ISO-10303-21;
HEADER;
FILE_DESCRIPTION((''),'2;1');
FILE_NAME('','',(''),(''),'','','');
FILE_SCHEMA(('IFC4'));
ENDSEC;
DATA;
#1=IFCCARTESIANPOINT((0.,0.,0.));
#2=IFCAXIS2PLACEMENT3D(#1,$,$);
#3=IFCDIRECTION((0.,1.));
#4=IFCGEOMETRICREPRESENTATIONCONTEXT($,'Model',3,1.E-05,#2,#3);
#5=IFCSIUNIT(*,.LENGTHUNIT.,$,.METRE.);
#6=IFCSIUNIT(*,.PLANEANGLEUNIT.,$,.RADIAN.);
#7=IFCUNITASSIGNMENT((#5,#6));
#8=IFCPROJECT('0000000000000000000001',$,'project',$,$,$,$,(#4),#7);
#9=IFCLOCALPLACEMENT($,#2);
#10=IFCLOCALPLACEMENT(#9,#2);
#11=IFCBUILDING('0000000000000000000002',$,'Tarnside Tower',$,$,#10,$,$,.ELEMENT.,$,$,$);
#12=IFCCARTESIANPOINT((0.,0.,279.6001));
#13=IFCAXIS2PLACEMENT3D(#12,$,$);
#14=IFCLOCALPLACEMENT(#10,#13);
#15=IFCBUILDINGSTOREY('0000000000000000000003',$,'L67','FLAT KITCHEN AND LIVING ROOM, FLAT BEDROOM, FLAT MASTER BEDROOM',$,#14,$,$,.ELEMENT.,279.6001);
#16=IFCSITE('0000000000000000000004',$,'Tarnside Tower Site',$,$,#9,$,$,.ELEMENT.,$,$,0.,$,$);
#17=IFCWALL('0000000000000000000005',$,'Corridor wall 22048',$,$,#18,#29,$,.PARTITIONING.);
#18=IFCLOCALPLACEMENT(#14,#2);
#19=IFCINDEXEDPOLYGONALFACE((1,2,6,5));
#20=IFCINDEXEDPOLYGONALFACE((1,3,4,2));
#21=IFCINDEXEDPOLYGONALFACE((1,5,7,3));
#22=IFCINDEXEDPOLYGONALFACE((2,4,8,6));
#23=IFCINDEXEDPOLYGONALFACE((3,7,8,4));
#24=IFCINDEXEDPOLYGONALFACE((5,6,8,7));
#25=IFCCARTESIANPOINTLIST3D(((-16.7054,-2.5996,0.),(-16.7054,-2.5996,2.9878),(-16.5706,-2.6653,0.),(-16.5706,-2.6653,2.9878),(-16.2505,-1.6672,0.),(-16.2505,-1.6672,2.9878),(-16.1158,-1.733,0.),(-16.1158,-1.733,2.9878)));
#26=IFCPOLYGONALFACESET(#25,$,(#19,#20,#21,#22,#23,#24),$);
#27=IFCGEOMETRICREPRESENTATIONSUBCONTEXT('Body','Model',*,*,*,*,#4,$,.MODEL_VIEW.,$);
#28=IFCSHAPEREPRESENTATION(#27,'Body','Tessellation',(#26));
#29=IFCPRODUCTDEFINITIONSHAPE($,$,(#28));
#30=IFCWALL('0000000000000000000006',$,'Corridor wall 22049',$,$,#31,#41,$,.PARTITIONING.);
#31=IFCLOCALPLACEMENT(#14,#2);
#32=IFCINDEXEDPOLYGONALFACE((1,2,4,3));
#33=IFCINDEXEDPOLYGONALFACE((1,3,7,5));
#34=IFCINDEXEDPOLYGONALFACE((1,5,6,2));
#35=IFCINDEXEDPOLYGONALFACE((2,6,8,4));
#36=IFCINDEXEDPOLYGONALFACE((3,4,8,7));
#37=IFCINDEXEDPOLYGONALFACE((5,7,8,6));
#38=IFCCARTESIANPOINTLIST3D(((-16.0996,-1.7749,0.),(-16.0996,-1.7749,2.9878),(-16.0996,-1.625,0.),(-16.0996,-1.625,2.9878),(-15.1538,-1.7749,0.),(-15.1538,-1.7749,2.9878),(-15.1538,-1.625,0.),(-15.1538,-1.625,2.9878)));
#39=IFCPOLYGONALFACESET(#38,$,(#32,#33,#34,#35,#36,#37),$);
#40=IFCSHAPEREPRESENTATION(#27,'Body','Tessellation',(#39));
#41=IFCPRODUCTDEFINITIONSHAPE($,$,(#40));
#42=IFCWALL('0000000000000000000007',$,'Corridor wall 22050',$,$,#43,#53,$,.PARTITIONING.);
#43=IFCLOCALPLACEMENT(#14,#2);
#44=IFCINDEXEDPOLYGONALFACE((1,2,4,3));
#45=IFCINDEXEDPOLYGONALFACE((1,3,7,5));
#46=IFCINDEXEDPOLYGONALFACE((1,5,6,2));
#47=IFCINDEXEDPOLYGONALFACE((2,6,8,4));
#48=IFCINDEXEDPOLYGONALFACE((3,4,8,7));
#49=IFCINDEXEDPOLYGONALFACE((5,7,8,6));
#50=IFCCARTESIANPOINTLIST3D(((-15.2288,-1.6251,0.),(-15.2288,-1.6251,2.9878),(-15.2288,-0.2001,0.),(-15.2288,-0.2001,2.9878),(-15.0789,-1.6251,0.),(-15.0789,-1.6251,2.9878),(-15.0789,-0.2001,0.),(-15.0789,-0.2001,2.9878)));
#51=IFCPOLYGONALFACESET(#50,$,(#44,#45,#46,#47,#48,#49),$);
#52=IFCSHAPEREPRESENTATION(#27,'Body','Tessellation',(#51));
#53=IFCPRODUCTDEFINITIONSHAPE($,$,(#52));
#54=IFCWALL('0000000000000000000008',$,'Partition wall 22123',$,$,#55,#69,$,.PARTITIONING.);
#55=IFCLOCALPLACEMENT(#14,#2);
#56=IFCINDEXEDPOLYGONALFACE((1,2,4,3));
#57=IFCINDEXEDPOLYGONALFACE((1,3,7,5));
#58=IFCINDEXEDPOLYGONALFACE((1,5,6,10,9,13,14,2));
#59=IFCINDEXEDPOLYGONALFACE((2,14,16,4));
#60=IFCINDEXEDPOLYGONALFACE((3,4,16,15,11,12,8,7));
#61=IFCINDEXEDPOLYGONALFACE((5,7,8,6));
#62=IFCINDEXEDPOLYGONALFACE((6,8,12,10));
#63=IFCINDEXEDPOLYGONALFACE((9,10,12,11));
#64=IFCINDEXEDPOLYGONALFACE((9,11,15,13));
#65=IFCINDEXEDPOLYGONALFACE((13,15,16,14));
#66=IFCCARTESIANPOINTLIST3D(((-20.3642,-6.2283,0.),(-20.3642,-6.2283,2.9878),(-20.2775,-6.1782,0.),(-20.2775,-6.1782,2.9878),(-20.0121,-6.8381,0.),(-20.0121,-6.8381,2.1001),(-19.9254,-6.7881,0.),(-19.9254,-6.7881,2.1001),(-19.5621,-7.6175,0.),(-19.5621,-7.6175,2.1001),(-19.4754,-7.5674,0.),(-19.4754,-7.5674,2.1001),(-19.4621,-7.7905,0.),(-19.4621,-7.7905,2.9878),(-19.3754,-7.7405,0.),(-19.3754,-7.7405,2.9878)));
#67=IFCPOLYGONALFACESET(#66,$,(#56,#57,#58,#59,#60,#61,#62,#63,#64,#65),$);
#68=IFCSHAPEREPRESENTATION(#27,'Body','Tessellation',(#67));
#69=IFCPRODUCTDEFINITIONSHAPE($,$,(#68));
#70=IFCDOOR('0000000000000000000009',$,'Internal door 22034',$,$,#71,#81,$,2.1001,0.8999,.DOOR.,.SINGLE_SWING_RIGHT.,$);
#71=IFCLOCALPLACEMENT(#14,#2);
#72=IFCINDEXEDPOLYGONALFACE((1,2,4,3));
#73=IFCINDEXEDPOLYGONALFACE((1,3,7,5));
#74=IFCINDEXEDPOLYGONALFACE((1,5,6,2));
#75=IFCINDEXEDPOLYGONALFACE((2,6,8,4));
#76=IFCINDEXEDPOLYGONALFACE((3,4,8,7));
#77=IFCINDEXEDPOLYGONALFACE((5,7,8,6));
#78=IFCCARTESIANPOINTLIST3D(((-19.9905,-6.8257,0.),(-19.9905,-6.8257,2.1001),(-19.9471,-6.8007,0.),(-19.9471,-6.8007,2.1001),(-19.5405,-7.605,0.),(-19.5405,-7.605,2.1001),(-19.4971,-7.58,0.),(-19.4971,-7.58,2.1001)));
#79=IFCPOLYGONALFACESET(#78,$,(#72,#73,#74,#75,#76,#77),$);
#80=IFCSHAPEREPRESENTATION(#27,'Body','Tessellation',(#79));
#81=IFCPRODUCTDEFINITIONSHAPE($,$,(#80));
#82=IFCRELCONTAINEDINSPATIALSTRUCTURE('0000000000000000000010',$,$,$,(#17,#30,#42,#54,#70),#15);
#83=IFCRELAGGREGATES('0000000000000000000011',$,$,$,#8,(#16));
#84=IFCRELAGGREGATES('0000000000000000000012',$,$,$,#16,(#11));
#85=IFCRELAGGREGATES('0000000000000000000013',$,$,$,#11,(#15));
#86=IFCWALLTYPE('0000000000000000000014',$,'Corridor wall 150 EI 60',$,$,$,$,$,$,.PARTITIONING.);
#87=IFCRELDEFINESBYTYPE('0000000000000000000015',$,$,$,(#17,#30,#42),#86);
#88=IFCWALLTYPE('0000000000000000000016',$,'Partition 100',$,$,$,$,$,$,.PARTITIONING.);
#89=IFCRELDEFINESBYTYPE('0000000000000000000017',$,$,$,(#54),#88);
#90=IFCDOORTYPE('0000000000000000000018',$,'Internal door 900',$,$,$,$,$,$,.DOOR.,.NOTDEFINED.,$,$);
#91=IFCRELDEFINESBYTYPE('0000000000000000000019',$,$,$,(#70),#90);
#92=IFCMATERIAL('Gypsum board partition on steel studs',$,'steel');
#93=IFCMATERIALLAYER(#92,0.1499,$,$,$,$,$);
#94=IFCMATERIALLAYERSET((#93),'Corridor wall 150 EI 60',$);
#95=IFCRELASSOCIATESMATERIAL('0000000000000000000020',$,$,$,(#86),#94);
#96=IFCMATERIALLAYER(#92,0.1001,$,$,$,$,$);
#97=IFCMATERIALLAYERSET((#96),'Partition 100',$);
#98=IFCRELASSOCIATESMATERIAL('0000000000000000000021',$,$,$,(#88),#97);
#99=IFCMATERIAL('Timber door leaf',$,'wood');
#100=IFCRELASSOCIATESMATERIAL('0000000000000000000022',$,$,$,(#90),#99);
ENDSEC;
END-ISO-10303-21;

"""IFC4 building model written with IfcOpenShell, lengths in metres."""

from ifc_helpers import new_model, si_unit, direction, frame, frame_2d, origin, place, context, subcontext, project, spatial, rectangle, extrude, material, layer, layer_set, type_object, element, fill, save


model = new_model("IFC4")

# Units and contexts
model_context = context("Model", 3, precision=1e-05, world=origin(), true_north=direction((0.0, 1.0)))
body_context = subcontext(model_context, "Body", "Model", "MODEL_VIEW")
ifc_project = project(units=[si_unit("LENGTHUNIT", "METRE"), si_unit("PLANEANGLEUNIT", "RADIAN")], contexts=[model_context])

# Site, building, storey
site_placement = place(None, origin())
site = spatial("IfcSite", under=ifc_project, at=site_placement, Name="Tarnside Tower Site", CompositionType="ELEMENT", RefElevation=0.0)
building_placement = place(site_placement, origin())
building = spatial("IfcBuilding", under=site, at=building_placement, Name="Tarnside Tower", CompositionType="ELEMENT")
storey_placement = place(building_placement, frame((0.0, 0.0, 279.6001)))
storey = spatial("IfcBuildingStorey", under=building, at=storey_placement, Name="L67", Description="FLAT KITCHEN AND LIVING ROOM, FLAT BEDROOM, FLAT MASTER BEDROOM", CompositionType="ELEMENT", Elevation=279.6001)

# Shared definitions
ifc_material_1 = material(Name="Gypsum board partition on steel studs", Category="steel")

# Shared definitions
ifc_material_2 = material(Name="Timber door leaf", Category="wood")

# Shared definitions
ifc_layer_1 = layer(ifc_material_1, 0.1499)
ifc_layer_set_1 = layer_set([ifc_layer_1], Name="Corridor wall 150 EI 60")
wall_type_1 = type_object("IfcWallType", Name="Corridor wall 150 EI 60", PredefinedType="PARTITIONING", material=ifc_layer_set_1)

# Walls
wall_1_placement = place(storey_placement, frame((-16.6379, -2.6323, 0.0), z_axis=(0.0, 0.0, 1.0), x_axis=(0.438438, 0.898762, 0.0)))
element("IfcWall", 1, at=wall_1_placement, inside=storey, type_object=wall_type_1, Name="Corridor wall 22048", PredefinedType="PARTITIONING", context=body_context, shape_type="SweptSolid", body=[
    extrude(rectangle(XDim=1.0374, YDim=0.1499, at=frame_2d((0.5186, 0.0))), origin(), (0.0, 0.0, 1.0), 2.9878),
])
wall_2_placement = place(storey_placement, frame((-16.0996, -1.7, 0.0), z_axis=(0.0, 0.0, 1.0), x_axis=(1.0, 0.0, 0.0)))
element("IfcWall", 2, at=wall_2_placement, inside=storey, type_object=wall_type_1, Name="Corridor wall 22049", PredefinedType="PARTITIONING", context=body_context, shape_type="SweptSolid", body=[
    extrude(rectangle(XDim=0.9458, YDim=0.1499, at=frame_2d((0.4729, 0.0))), origin(), (0.0, 0.0, 1.0), 2.9878),
])
wall_3_placement = place(storey_placement, frame((-15.1538, -1.625, 0.0), z_axis=(0.0, 0.0, 1.0), x_axis=(0.0, 1.0, 0.0)))
element("IfcWall", 3, at=wall_3_placement, inside=storey, type_object=wall_type_1, Name="Corridor wall 22050", PredefinedType="PARTITIONING", context=body_context, shape_type="SweptSolid", body=[
    extrude(rectangle(XDim=1.425, YDim=0.1499, at=frame_2d((0.7124, 0.0))), origin(), (0.0, 0.0, 1.0), 2.9878),
])

# Wall, opening, door
ifc_layer_2 = layer(ifc_material_1, 0.1001)
ifc_layer_set_2 = layer_set([ifc_layer_2], Name="Partition 100")
wall_type_2 = type_object("IfcWallType", Name="Partition 100", PredefinedType="PARTITIONING", material=ifc_layer_set_2)
wall_4_placement = place(storey_placement, frame((-20.3208, -6.2034, 0.0), z_axis=(0.0, 0.0, 1.0), x_axis=(0.500054, -0.865994, 0.0)))
wall_4 = element("IfcWall", 4, at=wall_4_placement, inside=storey, type_object=wall_type_2, Name="Partition wall 22123", PredefinedType="PARTITIONING", context=body_context, shape_type="SweptSolid", body=[
    extrude(rectangle(XDim=1.804, YDim=0.1001, at=frame_2d((0.9019, 0.0))), origin(), (0.0, 0.0, 1.0), 2.9878),
])
opening_1_placement = place(wall_4_placement, frame((0.7041, 0.0, 0.0)))
opening_1 = element("IfcOpeningElement", 5, at=opening_1_placement, cuts=wall_4, PredefinedType="OPENING", context=body_context, shape_type="SweptSolid", body=[
    extrude(rectangle(XDim=0.8999, YDim=2.1001, at=frame_2d((0.45, 1.05))), frame((0.0, 0.0601, 0.0), z_axis=(0.0, -1.0, 0.0), x_axis=(1.0, 0.0, 0.0)), (0.0, 0.0, 1.0), 0.1201),
])
door_type_1 = type_object("IfcDoorType", Name="Internal door 900", OperationType="NOTDEFINED", PredefinedType="DOOR", material=ifc_material_2)
door_1_placement = place(opening_1_placement, origin())
door_1 = element("IfcDoor", 6, at=door_1_placement, inside=storey, type_object=door_type_1, Name="Internal door 22034", OperationType="SINGLE_SWING_RIGHT", OverallHeight=2.1001, OverallWidth=0.8999, PredefinedType="DOOR", context=body_context, shape_type="SweptSolid", body=[
    extrude(rectangle(XDim=0.8999, YDim=2.1001, at=frame_2d((0.45, 1.05))), frame((0.0, 0.0249, 0.0), z_axis=(0.0, -1.0, 0.0), x_axis=(1.0, 0.0, 0.0)), (0.0, 0.0, 1.0), 0.05),
])
fill(opening_1, door_1)

save(model, "model.ifc")
